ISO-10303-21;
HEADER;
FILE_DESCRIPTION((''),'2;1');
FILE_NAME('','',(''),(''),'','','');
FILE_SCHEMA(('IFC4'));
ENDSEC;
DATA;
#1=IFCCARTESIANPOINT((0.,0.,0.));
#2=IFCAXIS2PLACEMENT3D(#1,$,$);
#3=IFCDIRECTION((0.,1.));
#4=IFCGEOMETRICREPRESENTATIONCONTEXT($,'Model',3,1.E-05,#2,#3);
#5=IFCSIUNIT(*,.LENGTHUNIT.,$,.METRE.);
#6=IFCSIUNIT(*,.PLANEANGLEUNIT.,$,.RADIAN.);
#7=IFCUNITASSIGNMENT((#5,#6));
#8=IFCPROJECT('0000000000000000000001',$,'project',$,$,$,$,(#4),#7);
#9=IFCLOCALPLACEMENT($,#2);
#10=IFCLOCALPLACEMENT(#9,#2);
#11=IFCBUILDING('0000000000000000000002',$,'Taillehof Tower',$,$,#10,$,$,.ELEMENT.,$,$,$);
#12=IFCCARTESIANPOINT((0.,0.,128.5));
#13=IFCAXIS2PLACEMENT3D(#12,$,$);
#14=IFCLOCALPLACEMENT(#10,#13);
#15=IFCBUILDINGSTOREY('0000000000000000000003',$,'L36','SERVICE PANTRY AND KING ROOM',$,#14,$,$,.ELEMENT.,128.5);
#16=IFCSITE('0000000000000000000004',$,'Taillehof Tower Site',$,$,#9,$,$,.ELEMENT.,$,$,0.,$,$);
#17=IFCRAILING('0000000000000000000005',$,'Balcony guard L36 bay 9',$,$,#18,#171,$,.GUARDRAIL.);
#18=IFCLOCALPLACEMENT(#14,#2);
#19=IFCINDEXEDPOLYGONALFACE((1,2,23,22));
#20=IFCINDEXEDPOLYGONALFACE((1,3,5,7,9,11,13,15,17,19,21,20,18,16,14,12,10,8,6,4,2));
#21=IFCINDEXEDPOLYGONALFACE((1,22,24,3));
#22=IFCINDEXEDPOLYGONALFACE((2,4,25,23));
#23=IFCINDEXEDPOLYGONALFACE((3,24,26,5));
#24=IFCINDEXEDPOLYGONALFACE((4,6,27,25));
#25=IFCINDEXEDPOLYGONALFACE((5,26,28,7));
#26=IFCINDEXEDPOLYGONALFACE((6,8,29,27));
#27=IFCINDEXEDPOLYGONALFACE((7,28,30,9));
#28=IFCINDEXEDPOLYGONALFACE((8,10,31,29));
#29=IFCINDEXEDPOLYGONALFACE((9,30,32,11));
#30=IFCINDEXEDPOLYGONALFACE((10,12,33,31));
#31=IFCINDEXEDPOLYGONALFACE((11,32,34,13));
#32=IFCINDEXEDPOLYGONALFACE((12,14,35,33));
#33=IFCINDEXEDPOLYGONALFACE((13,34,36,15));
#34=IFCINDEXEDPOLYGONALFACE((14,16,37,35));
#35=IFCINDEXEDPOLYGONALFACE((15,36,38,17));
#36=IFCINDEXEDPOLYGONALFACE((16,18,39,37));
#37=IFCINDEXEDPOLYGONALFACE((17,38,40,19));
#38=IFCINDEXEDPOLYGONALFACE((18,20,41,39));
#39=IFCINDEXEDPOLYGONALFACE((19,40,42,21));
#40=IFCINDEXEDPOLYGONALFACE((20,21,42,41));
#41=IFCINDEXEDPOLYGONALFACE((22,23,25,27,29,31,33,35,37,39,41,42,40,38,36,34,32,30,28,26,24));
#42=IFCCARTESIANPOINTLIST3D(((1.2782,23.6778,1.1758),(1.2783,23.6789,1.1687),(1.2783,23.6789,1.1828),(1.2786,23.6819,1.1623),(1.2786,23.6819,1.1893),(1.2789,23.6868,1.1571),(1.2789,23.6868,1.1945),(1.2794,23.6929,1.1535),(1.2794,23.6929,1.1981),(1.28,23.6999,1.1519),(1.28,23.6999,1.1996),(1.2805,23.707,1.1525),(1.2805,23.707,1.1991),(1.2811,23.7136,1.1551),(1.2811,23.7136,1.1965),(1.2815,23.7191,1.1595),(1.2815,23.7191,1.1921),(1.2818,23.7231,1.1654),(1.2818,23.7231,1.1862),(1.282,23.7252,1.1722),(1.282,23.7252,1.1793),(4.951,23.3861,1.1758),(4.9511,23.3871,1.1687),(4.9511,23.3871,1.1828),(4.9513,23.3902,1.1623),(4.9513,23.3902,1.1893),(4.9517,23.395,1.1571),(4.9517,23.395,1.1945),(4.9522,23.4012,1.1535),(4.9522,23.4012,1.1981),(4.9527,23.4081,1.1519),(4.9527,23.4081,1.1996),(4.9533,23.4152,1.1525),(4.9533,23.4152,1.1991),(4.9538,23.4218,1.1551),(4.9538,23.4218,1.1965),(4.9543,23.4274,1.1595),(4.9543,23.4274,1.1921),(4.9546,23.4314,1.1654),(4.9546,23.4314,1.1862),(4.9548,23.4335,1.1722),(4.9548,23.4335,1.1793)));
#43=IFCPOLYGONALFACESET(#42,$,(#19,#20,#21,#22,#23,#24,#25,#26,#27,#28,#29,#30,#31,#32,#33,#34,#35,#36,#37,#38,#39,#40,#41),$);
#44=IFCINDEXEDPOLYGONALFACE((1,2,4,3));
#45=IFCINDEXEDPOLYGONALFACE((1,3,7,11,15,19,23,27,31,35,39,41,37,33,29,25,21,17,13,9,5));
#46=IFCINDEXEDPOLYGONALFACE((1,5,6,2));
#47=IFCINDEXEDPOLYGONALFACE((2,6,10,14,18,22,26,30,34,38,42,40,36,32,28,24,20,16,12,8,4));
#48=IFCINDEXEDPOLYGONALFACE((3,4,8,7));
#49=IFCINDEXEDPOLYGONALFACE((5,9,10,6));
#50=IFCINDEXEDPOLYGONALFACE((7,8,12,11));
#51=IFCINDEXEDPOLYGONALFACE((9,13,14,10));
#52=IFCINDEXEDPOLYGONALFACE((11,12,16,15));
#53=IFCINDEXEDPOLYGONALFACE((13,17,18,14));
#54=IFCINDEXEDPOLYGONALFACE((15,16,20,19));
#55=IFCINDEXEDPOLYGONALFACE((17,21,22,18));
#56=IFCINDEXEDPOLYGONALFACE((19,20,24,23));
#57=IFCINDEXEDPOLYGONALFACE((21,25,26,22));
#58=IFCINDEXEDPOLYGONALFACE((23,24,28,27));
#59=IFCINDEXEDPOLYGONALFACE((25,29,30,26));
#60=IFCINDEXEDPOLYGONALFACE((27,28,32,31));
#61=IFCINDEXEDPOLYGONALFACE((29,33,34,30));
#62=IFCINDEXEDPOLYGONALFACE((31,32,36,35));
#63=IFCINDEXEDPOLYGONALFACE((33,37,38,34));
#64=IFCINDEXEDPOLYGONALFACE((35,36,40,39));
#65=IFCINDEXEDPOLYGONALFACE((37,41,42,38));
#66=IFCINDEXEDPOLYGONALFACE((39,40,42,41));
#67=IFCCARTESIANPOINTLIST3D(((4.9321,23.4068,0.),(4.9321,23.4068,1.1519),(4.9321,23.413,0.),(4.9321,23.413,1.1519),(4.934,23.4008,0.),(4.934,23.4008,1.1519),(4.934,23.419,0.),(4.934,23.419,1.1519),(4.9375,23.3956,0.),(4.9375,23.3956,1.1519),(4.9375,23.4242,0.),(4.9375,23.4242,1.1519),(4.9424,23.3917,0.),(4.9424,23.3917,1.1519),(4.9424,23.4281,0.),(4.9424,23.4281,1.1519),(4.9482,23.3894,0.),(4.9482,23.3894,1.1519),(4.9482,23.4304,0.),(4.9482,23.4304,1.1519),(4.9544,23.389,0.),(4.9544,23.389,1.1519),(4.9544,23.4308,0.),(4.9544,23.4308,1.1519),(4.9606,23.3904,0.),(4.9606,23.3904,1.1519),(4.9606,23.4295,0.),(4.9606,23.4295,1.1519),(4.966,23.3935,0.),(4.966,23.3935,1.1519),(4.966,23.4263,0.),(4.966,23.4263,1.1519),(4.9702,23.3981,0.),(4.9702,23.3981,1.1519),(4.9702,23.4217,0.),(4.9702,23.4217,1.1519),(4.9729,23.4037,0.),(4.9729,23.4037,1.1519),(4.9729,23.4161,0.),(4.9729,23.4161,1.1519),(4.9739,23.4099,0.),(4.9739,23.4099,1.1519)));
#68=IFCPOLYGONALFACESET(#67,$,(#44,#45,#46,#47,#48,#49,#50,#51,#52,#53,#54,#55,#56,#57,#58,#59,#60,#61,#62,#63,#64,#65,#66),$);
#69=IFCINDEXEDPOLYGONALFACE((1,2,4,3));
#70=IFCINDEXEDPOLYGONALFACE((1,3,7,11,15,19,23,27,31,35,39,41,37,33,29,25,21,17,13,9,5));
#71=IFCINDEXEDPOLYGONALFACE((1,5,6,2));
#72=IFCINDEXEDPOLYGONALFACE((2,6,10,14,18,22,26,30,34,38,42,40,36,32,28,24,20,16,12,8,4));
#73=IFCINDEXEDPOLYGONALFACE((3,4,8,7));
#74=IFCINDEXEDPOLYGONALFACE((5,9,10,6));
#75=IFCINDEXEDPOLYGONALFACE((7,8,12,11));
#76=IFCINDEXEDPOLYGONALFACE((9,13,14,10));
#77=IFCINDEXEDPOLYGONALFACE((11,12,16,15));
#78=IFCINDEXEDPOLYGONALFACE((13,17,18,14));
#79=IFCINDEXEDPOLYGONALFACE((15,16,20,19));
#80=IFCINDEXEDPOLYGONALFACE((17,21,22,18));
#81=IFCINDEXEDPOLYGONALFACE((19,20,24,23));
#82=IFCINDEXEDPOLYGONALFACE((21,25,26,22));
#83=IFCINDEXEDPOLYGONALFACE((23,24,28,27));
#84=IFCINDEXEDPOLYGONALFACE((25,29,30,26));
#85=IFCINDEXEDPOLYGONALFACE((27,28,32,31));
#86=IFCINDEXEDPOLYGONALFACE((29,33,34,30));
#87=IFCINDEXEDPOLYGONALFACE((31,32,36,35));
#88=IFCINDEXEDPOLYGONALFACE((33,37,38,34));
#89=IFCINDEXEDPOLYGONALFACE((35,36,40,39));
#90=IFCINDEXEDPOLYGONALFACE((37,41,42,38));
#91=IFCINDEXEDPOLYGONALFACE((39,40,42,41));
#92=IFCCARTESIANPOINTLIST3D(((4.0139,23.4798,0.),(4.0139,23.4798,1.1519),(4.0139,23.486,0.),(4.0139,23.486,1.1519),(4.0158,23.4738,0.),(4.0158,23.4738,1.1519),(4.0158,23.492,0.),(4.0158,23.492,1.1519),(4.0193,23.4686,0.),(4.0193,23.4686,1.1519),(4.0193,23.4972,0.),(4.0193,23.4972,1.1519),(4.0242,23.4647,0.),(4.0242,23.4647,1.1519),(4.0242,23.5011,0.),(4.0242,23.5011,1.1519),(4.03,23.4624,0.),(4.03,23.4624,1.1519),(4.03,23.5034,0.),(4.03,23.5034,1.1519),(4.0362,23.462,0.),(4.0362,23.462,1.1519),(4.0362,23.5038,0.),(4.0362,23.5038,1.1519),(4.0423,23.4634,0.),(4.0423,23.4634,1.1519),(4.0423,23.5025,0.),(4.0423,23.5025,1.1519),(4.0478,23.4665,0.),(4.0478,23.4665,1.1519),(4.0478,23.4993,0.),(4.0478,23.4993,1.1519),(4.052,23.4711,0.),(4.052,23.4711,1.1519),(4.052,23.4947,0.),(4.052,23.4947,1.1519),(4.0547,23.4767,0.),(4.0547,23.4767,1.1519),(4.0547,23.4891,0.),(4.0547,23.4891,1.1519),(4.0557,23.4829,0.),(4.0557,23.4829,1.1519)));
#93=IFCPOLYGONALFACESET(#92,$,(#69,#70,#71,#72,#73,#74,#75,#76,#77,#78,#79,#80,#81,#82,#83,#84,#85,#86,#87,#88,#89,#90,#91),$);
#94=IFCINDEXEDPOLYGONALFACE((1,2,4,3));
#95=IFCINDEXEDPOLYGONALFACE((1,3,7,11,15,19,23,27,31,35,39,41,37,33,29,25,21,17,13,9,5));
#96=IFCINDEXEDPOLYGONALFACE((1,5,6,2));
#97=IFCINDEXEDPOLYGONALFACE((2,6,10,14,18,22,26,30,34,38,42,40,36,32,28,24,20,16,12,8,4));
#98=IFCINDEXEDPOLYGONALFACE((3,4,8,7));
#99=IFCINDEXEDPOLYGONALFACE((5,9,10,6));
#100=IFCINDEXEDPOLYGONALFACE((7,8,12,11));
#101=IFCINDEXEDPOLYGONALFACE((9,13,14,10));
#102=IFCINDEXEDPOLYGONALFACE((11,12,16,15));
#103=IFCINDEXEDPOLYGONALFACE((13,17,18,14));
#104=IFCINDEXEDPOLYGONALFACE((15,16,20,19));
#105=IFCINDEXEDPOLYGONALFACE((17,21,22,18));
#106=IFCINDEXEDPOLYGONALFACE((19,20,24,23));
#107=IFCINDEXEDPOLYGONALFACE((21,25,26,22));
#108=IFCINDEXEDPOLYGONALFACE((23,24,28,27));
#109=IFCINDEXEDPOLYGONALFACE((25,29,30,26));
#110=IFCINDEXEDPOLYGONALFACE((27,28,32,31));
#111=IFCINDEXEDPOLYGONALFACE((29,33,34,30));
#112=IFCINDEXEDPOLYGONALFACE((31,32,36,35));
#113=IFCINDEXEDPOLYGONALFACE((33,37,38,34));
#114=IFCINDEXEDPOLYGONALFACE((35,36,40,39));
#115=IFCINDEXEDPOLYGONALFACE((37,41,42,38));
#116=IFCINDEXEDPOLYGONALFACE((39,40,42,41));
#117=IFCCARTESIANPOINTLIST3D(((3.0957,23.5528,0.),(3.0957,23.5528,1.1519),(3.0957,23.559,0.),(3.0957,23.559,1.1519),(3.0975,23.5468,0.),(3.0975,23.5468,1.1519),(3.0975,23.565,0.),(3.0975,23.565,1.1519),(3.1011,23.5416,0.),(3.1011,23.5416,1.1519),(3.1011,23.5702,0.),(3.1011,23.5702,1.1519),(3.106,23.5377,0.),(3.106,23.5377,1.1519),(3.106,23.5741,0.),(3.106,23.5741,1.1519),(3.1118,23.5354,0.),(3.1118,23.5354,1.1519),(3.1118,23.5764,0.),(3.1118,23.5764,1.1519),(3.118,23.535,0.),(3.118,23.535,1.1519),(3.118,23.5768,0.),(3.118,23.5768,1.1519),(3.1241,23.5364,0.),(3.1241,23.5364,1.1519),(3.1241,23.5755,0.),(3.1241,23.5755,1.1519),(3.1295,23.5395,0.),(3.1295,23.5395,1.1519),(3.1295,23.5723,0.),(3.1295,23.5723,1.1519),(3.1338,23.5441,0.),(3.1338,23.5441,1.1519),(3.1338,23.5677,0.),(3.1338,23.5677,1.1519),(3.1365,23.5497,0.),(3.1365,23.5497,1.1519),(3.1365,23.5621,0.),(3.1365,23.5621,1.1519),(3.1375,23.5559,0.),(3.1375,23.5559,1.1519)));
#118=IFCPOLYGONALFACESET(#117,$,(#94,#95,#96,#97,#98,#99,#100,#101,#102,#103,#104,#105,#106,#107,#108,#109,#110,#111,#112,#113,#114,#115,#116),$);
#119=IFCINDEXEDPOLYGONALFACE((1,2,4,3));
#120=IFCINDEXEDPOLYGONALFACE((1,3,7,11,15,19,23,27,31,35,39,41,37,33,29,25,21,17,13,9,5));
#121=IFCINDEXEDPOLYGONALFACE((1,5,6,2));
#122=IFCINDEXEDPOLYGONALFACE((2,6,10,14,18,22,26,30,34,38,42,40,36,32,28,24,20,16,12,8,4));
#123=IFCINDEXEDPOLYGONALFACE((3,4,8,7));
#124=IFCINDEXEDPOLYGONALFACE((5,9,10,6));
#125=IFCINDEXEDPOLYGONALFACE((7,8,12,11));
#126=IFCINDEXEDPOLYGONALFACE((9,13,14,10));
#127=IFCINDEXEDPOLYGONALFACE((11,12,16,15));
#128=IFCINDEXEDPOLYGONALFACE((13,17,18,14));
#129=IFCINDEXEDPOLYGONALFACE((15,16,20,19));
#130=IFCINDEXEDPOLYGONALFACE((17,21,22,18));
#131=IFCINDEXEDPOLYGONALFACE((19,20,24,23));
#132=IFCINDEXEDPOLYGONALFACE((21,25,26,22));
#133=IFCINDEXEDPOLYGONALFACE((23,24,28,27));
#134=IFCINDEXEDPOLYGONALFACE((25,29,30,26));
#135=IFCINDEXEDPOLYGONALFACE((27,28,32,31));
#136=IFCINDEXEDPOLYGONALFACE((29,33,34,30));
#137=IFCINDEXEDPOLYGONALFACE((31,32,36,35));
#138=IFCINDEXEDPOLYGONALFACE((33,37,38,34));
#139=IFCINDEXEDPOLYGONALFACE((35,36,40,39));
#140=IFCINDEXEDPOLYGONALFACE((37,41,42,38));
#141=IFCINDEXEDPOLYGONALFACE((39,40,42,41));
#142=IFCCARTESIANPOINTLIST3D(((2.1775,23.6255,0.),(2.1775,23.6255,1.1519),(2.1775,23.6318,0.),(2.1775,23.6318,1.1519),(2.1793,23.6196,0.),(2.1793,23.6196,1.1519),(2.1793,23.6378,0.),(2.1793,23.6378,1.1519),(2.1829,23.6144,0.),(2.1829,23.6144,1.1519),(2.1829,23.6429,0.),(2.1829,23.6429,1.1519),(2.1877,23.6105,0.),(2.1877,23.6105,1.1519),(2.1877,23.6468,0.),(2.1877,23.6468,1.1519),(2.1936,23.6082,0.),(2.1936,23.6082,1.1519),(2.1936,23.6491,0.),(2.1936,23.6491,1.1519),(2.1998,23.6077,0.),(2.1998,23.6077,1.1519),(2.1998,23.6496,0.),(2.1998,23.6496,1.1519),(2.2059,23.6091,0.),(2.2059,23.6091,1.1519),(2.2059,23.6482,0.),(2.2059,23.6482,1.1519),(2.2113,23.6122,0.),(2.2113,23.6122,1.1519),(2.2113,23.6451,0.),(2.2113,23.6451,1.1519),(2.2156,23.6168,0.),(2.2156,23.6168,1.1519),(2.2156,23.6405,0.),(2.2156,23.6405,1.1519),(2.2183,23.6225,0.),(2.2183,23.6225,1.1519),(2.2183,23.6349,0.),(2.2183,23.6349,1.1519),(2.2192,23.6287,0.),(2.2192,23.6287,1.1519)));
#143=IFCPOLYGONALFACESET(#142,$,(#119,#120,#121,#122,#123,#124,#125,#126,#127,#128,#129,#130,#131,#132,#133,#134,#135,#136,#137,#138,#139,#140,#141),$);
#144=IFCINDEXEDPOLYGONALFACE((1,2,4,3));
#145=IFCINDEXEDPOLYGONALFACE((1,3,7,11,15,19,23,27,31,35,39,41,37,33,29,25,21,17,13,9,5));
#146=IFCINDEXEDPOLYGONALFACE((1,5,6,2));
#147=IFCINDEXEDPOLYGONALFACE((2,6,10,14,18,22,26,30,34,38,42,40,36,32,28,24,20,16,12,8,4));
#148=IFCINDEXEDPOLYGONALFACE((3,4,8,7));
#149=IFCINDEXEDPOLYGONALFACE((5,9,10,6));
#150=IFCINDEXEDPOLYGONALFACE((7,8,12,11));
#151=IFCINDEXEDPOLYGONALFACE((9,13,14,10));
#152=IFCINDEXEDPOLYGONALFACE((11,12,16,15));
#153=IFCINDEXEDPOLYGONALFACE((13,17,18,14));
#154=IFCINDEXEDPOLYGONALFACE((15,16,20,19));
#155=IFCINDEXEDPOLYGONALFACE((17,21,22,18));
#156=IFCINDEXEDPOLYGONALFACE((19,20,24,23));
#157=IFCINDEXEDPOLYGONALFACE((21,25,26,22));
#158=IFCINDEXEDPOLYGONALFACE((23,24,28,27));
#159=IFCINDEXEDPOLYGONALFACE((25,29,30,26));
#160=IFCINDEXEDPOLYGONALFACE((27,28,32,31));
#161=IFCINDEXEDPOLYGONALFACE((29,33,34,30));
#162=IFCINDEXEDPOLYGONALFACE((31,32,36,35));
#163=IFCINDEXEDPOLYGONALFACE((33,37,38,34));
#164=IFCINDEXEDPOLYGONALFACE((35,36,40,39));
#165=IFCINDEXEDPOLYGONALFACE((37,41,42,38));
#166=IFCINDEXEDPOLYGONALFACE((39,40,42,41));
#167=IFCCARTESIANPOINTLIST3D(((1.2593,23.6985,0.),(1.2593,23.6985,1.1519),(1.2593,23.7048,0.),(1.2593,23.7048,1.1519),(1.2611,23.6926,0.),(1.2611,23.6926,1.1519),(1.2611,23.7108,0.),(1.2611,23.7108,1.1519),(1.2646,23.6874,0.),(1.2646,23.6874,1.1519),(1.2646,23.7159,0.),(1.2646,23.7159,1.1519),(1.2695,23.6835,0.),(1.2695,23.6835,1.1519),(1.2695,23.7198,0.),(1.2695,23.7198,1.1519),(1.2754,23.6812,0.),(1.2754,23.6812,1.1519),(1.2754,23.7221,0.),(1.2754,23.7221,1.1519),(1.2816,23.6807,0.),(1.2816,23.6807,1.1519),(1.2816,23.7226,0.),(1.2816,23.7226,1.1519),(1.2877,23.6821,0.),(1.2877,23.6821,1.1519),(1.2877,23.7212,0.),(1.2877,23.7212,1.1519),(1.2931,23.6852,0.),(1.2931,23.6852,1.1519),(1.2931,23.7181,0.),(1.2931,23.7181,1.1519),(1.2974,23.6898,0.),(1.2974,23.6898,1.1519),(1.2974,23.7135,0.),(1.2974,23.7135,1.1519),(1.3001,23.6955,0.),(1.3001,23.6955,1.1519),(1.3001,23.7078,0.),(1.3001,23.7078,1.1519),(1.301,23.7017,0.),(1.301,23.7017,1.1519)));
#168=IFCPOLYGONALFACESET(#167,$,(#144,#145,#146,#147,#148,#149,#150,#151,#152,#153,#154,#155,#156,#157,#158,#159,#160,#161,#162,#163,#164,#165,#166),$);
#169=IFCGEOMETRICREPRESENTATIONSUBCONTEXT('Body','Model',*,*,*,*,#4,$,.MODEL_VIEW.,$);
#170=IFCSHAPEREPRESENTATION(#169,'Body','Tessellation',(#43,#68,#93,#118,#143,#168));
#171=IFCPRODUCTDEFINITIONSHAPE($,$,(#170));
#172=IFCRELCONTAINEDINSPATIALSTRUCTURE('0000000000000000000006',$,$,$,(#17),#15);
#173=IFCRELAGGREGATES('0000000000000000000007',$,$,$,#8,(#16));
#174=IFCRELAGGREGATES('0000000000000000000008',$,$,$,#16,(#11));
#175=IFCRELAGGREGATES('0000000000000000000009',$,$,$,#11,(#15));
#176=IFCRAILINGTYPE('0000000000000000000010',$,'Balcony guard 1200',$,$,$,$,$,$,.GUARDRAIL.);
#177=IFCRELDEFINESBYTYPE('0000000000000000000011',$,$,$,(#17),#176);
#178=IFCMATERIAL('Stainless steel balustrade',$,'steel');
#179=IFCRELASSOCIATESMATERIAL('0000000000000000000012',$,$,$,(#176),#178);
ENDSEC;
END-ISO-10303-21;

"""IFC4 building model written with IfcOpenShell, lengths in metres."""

from ifc_helpers import new_model, si_unit, direction, frame, origin, origin_2d, place, context, subcontext, project, spatial, circle, extrude, material, type_object, element, save


model = new_model("IFC4")

# Units and contexts
model_context = context("Model", 3, precision=1e-05, world=origin(), true_north=direction((0.0, 1.0)))
body_context = subcontext(model_context, "Body", "Model", "MODEL_VIEW")
ifc_project = project(units=[si_unit("LENGTHUNIT", "METRE"), si_unit("PLANEANGLEUNIT", "RADIAN")], contexts=[model_context])

# Site, building, storey
site_placement = place(None, origin())
site = spatial("IfcSite", under=ifc_project, at=site_placement, Name="Taillehof Tower Site", CompositionType="ELEMENT", RefElevation=0.0)
building_placement = place(site_placement, origin())
building = spatial("IfcBuilding", under=site, at=building_placement, Name="Taillehof Tower", CompositionType="ELEMENT")
storey_placement = place(building_placement, frame((0.0, 0.0, 128.5)))
storey = spatial("IfcBuildingStorey", under=building, at=storey_placement, Name="L36", Description="SERVICE PANTRY AND KING ROOM", CompositionType="ELEMENT", Elevation=128.5)

# Railing
ifc_material_1 = material(Name="Stainless steel balustrade", Category="steel")
railing_type = type_object("IfcRailingType", Name="Balcony guard 1200", PredefinedType="GUARDRAIL", material=ifc_material_1)
railing_1_placement = place(storey_placement, frame((4.9529, 23.4099, 0.0)))
element("IfcRailing", 1, at=railing_1_placement, inside=storey, type_object=railing_type, Name="Balcony guard L36 bay 9", PredefinedType="GUARDRAIL", context=body_context, shape_type="SweptSolid", body=[
    extrude(circle(Radius=0.0239, at=origin_2d()), frame((0.0, 0.0, 1.1758), z_axis=(-0.99686, 0.079184, 0.0), x_axis=(-0.079184, -0.99686, 0.0)), (0.0, 0.0, 1.0), 3.6843),
    extrude(circle(Radius=0.021, at=origin_2d()), origin(), (0.0, 0.0, 1.0), 1.1519),
    extrude(circle(Radius=0.021, at=origin_2d()), frame((-0.9182, 0.073, 0.0)), (0.0, 0.0, 1.0), 1.1519),
    extrude(circle(Radius=0.021, at=origin_2d()), frame((-1.8364, 0.146, 0.0)), (0.0, 0.0, 1.0), 1.1519),
    extrude(circle(Radius=0.021, at=origin_2d()), frame((-2.7546, 0.2188, 0.0)), (0.0, 0.0, 1.0), 1.1519),
    extrude(circle(Radius=0.021, at=origin_2d()), frame((-3.6729, 0.2917, 0.0)), (0.0, 0.0, 1.0), 1.1519),
])

save(model, "model.ifc")
